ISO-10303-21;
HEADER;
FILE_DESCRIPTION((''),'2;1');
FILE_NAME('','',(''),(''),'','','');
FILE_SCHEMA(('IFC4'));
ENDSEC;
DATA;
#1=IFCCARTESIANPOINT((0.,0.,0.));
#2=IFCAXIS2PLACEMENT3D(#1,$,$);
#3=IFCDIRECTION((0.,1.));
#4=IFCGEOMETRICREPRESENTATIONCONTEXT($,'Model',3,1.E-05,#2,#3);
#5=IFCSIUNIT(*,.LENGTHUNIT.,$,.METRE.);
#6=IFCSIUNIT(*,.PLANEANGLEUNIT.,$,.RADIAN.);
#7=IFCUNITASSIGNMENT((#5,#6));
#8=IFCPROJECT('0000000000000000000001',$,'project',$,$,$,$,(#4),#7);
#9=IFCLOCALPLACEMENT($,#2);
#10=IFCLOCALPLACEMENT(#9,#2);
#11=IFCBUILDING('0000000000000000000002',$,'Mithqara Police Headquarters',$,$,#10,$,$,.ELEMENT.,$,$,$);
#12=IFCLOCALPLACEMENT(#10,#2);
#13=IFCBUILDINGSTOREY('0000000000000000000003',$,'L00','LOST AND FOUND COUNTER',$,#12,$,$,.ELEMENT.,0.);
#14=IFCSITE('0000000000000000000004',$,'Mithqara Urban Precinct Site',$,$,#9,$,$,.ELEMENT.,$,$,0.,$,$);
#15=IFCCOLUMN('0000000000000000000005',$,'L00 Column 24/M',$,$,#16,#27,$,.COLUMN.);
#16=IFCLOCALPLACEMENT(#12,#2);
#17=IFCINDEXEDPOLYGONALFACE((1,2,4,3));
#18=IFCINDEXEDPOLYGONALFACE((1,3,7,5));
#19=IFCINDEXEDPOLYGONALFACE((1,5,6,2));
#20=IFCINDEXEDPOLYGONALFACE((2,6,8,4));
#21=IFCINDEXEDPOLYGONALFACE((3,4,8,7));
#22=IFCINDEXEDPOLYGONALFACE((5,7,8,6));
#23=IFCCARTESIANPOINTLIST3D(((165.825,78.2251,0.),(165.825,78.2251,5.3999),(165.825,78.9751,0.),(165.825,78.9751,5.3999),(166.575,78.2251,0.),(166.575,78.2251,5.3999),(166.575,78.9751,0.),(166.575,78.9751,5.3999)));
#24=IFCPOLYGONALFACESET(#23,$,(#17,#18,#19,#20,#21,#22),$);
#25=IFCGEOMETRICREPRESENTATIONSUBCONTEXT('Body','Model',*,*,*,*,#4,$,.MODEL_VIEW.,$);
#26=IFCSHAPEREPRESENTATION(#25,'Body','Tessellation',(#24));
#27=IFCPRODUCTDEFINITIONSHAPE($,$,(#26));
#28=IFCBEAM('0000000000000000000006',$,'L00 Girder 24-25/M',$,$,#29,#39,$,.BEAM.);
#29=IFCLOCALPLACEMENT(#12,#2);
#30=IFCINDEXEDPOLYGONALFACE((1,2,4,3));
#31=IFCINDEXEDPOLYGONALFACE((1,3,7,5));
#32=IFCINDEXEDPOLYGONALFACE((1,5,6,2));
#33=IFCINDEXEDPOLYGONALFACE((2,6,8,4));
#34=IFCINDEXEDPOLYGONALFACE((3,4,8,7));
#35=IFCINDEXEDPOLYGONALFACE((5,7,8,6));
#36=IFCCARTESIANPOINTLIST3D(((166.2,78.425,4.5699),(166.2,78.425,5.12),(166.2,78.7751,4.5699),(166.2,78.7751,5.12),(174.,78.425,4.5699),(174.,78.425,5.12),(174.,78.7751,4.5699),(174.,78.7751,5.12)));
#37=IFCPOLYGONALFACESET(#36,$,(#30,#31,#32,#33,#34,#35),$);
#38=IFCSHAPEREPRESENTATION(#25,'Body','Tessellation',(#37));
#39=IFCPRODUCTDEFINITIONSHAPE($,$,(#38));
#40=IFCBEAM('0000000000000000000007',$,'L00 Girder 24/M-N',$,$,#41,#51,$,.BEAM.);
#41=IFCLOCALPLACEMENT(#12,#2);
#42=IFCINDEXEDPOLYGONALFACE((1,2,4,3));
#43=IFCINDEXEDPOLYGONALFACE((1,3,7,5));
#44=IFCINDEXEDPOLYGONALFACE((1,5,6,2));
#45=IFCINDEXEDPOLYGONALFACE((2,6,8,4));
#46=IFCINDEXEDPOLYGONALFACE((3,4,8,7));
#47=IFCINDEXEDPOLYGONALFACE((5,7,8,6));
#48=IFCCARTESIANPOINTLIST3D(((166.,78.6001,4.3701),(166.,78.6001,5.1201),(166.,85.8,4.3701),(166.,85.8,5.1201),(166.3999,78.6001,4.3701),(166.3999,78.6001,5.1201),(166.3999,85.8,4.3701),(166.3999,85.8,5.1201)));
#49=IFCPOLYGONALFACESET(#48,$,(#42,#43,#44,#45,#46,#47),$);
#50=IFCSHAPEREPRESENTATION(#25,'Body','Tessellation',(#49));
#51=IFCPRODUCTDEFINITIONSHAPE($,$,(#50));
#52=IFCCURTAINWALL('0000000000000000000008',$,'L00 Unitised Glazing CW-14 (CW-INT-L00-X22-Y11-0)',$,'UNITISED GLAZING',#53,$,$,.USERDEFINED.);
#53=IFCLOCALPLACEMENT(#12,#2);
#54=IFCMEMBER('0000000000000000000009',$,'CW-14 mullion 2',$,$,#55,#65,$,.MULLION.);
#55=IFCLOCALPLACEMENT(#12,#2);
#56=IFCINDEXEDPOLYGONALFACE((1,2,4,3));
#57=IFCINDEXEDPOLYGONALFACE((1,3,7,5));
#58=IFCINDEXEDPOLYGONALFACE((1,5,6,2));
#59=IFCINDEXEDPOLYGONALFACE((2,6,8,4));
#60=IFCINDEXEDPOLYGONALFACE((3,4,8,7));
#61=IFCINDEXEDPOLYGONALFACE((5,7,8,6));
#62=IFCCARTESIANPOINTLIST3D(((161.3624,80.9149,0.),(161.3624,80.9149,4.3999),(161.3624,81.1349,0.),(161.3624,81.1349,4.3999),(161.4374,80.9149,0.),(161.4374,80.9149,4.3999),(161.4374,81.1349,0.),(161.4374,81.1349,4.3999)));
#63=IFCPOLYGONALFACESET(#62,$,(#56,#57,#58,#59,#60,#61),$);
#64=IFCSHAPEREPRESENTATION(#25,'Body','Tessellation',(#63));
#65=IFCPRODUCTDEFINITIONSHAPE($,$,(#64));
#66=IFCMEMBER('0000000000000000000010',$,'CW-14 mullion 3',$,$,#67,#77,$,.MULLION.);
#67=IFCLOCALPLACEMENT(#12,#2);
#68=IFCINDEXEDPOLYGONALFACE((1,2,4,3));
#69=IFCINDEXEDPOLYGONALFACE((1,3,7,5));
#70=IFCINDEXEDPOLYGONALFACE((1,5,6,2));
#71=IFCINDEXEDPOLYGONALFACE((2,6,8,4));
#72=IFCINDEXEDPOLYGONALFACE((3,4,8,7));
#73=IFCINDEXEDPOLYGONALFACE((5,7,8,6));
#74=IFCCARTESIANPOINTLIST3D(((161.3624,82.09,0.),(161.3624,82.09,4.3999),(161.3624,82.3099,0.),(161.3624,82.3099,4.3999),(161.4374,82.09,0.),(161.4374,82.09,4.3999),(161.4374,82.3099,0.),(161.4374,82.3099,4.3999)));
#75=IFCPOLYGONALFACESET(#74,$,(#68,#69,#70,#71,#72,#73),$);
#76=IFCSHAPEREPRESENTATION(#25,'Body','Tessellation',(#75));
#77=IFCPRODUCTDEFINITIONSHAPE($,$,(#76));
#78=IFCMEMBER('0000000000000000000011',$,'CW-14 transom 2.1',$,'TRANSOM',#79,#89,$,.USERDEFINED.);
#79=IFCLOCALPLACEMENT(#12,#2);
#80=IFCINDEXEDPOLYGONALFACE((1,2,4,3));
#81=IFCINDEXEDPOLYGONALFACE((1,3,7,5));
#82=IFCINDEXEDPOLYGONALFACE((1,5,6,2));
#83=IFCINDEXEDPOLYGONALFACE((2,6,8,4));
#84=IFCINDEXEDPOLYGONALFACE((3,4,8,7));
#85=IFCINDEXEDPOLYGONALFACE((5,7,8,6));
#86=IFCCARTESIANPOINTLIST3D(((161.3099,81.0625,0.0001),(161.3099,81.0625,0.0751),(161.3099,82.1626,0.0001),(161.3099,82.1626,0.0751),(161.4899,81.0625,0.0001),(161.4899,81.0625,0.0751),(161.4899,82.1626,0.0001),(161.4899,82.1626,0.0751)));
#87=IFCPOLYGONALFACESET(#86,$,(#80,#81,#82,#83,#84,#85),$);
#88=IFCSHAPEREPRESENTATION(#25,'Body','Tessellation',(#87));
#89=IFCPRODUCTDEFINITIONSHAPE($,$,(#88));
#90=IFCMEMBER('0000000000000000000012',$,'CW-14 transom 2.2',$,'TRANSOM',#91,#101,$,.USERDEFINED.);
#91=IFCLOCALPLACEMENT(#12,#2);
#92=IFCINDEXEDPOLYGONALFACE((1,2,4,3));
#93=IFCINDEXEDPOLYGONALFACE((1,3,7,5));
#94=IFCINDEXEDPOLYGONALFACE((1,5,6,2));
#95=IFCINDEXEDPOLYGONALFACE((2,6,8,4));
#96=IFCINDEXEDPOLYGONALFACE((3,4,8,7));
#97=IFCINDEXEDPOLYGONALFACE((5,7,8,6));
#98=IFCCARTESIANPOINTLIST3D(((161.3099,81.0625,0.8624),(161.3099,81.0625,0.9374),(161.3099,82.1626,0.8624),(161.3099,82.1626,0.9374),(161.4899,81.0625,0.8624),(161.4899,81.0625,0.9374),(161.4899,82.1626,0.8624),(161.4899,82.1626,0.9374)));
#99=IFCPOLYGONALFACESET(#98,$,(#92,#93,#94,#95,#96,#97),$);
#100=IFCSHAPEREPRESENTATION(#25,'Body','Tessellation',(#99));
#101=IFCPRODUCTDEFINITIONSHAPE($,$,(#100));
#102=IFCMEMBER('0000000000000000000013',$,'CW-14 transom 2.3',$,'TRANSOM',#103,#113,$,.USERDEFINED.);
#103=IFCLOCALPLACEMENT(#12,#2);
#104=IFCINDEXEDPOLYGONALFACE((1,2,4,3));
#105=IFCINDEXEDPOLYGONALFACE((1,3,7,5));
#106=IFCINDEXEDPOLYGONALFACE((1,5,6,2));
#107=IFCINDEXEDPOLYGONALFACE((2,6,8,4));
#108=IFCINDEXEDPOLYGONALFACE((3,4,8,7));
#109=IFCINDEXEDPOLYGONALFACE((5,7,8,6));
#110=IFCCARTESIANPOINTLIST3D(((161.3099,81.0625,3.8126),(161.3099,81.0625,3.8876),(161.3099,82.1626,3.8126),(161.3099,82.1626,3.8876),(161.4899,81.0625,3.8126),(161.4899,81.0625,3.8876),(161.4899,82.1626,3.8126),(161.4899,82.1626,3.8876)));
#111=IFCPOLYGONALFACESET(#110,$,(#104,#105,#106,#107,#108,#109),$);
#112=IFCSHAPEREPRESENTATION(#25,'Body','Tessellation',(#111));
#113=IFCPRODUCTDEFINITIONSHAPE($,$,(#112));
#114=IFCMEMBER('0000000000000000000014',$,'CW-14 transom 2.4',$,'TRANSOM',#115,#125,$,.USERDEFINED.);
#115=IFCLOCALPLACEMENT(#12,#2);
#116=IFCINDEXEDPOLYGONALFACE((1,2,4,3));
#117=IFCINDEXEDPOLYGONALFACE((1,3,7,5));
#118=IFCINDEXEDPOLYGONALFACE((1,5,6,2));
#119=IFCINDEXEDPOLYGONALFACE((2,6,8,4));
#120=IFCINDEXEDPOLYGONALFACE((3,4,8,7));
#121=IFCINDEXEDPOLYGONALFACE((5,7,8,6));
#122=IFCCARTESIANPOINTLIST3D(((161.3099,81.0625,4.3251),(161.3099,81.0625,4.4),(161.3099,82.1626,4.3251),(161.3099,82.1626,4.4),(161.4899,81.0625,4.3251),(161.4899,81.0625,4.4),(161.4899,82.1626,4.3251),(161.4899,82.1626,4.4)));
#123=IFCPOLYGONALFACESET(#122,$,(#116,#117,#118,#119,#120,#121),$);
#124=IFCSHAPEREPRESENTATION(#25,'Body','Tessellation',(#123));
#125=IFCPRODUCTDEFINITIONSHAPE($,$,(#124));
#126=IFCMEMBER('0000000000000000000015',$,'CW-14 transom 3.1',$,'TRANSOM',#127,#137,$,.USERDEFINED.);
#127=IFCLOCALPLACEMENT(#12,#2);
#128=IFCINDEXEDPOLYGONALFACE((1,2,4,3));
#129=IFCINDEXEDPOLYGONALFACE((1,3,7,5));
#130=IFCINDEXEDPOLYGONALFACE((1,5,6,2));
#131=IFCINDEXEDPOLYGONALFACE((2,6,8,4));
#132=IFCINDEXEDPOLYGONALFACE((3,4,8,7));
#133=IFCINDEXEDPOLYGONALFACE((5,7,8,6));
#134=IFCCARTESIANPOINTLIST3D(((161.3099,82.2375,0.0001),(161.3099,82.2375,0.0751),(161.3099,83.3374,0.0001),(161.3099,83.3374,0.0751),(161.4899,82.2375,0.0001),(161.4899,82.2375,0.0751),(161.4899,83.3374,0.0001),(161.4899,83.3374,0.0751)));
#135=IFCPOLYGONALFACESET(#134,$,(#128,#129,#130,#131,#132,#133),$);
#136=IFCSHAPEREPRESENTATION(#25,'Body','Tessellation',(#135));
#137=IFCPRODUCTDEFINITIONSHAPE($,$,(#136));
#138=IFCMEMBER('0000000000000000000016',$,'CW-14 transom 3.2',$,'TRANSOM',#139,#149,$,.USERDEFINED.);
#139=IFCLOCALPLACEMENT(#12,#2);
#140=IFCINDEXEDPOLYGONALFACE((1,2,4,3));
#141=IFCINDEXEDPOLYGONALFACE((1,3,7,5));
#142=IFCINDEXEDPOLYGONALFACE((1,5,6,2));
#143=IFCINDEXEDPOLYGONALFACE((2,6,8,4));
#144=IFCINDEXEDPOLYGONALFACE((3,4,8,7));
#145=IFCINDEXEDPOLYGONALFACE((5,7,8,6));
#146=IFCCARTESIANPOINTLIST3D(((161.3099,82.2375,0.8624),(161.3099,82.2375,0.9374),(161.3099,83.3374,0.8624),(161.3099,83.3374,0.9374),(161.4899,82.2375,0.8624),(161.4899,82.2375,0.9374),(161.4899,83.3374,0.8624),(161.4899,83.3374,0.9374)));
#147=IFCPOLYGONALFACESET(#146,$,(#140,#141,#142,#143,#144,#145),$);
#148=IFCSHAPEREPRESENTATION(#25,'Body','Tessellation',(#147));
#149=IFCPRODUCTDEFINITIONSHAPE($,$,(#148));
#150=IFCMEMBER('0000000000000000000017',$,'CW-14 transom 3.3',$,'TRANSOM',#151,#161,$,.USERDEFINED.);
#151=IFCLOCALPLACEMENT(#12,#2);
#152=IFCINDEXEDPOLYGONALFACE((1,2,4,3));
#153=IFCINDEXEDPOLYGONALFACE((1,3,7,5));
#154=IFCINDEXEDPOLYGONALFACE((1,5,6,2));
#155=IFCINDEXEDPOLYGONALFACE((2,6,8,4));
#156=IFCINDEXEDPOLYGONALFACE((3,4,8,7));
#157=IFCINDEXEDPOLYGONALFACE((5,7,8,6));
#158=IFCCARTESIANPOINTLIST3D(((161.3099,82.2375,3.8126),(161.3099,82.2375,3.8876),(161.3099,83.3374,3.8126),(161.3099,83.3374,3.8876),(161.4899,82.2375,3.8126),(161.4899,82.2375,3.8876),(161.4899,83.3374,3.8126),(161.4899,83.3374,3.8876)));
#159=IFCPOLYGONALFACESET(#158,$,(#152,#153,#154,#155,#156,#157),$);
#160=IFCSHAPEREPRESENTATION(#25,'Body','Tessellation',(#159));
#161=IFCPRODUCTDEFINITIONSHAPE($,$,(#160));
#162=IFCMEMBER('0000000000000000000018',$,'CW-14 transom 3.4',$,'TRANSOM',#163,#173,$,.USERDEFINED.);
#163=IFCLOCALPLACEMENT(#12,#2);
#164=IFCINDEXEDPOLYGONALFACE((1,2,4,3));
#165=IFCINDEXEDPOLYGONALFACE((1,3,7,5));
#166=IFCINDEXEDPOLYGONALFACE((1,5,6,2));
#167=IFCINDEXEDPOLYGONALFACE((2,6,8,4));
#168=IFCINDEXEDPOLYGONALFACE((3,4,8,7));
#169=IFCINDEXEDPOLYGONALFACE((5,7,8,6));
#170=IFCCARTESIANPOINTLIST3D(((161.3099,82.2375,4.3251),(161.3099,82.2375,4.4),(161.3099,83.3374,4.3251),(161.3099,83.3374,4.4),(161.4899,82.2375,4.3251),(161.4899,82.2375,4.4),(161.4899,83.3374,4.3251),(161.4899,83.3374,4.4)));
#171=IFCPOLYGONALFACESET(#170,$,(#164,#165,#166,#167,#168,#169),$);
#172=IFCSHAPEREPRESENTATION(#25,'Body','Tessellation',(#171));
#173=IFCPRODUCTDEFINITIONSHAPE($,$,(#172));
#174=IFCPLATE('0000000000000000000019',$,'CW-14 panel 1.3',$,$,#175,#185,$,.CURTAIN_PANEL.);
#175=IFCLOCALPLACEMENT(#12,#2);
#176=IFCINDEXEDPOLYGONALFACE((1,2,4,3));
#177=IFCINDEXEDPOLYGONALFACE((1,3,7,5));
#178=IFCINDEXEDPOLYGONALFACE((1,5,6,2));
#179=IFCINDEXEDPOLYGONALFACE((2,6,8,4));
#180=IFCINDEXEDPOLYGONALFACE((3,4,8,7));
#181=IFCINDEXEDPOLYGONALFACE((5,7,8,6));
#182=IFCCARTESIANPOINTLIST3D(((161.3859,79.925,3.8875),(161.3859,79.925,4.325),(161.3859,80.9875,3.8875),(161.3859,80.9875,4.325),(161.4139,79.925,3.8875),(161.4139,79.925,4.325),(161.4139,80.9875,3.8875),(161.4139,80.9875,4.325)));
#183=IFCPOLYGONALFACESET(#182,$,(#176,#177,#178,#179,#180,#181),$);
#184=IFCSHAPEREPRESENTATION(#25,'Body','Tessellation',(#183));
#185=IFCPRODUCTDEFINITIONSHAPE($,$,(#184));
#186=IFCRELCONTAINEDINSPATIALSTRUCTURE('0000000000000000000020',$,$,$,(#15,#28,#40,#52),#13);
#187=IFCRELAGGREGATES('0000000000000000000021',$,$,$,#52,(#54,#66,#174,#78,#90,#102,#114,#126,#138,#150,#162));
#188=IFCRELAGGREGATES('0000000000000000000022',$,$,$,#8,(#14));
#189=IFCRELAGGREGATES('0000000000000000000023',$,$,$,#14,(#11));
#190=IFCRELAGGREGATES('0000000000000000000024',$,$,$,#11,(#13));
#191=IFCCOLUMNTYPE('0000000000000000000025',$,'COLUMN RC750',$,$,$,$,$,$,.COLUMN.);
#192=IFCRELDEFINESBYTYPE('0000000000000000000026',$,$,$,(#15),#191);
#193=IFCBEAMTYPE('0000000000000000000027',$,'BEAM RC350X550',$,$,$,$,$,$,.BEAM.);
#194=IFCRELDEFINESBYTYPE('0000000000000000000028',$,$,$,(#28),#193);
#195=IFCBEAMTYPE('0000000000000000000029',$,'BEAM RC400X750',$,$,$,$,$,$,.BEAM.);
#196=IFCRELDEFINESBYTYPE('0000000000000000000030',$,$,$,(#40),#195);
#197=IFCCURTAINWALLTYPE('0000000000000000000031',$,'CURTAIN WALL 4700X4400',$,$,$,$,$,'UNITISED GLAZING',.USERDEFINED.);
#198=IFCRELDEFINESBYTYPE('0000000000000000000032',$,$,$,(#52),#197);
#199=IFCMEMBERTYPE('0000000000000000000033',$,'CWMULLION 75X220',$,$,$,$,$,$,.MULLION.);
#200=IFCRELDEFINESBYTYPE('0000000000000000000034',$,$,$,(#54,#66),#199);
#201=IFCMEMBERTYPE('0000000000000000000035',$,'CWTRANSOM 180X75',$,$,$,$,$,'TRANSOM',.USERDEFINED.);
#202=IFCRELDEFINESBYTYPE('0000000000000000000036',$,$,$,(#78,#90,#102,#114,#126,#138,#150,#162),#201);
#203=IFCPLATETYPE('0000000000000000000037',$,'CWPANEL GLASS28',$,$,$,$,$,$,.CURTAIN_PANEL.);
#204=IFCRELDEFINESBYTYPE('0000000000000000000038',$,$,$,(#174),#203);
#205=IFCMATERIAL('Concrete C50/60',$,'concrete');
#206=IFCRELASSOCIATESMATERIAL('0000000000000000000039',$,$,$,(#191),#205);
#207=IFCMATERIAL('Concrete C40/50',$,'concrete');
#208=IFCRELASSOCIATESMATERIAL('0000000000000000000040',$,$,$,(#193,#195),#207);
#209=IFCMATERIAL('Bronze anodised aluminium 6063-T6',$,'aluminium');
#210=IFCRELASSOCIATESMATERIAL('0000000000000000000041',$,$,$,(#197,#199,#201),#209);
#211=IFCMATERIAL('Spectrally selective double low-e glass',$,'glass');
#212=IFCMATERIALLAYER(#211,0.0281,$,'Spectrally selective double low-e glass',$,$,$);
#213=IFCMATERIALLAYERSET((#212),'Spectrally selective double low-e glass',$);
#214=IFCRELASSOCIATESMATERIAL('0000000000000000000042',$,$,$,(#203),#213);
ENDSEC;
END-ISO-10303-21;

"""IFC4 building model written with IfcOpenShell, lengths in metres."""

from ifc_helpers import new_model, si_unit, direction, frame, origin, origin_2d, place, context, subcontext, project, spatial, rectangle, extrude, material, layer, layer_set, material_profile, profile_set, type_object, element, aggregate, save


model = new_model("IFC4")

# Units and contexts
model_context = context("Model", 3, precision=1e-05, world=origin(), true_north=direction((0.0, 1.0)))
body_context = subcontext(model_context, "Body", "Model", "MODEL_VIEW")
ifc_project = project(units=[si_unit("LENGTHUNIT", "METRE"), si_unit("PLANEANGLEUNIT", "RADIAN")], contexts=[model_context])

# Site, building, storey
site_placement = place(None, origin())
site = spatial("IfcSite", under=ifc_project, at=site_placement, Name="Mithqara Urban Precinct Site", CompositionType="ELEMENT", RefElevation=0.0)
building_placement = place(site_placement, origin())
building = spatial("IfcBuilding", under=site, at=building_placement, Name="Mithqara Police Headquarters", CompositionType="ELEMENT")
storey_placement = place(building_placement, origin())
storey = spatial("IfcBuildingStorey", under=building, at=storey_placement, Name="L00", Description="LOST AND FOUND COUNTER", CompositionType="ELEMENT", Elevation=0.0)

# Column
ifc_material_1 = material(Name="Concrete C50/60", Category="concrete")
ifc_material_profile_1 = material_profile(ifc_material_1, rectangle(XDim=0.75, YDim=0.75, at=origin_2d()), Name="RC 750x750")
ifc_profile_set_1 = profile_set([ifc_material_profile_1], Name="Concrete C50/60")
column_type = type_object("IfcColumnType", Name="COLUMN RC750", PredefinedType="COLUMN", material=ifc_profile_set_1)
column_placement = place(storey_placement, frame((166.2, 78.6001, 0.0), z_axis=(0.0, 0.0, 1.0), x_axis=(1.0, 0.0, 0.0)))
element("IfcColumn", 1, at=column_placement, inside=storey, type_object=column_type, Name="L00 Column 24/M", PredefinedType="COLUMN", context=body_context, shape_type="SweptSolid", body=[
    extrude(rectangle(XDim=0.75, YDim=0.75, at=origin_2d()), origin(), (0.0, 0.0, 1.0), 5.3999),
])

# Beams
ifc_material_2 = material(Name="Concrete C40/50", Category="concrete")
ifc_material_profile_2 = material_profile(ifc_material_2, rectangle(XDim=0.3501, YDim=0.55, at=origin_2d()), Name="RC 350x550")
ifc_profile_set_2 = profile_set([ifc_material_profile_2], Name="Concrete C40/50")
beam_type_1 = type_object("IfcBeamType", Name="BEAM RC350X550", PredefinedType="BEAM", material=ifc_profile_set_2)
beam_1_placement = place(storey_placement, frame((166.2, 78.6001, 4.845), z_axis=(1.0, 0.0, 0.0), x_axis=(0.0, 1.0, 0.0)))
element("IfcBeam", 2, at=beam_1_placement, inside=storey, type_object=beam_type_1, Name="L00 Girder 24-25/M", PredefinedType="BEAM", context=body_context, shape_type="SweptSolid", body=[
    extrude(rectangle(XDim=0.3501, YDim=0.55, at=origin_2d()), origin(), (0.0, 0.0, 1.0), 7.8),
])
ifc_material_profile_3 = material_profile(ifc_material_2, rectangle(XDim=0.3999, YDim=0.75, at=origin_2d()), Name="RC 400x750")
ifc_profile_set_3 = profile_set([ifc_material_profile_3], Name="Concrete C40/50")
beam_type_2 = type_object("IfcBeamType", Name="BEAM RC400X750", PredefinedType="BEAM", material=ifc_profile_set_3)
beam_2_placement = place(storey_placement, frame((166.2, 78.6001, 4.7451), z_axis=(0.0, 1.0, 0.0), x_axis=(-1.0, 0.0, 0.0)))
element("IfcBeam", 3, at=beam_2_placement, inside=storey, type_object=beam_type_2, Name="L00 Girder 24/M-N", PredefinedType="BEAM", context=body_context, shape_type="SweptSolid", body=[
    extrude(rectangle(XDim=0.3999, YDim=0.75, at=origin_2d()), origin(), (0.0, 0.0, 1.0), 7.2),
])

# Curtain wall, members, plate
ifc_material_3 = material(Name="Bronze anodised aluminium 6063-T6", Category="aluminium")
curtain_wall_type = type_object("IfcCurtainWallType", Name="CURTAIN WALL 4700X4400", ElementType="UNITISED GLAZING", PredefinedType="USERDEFINED", material=ifc_material_3)
curtain_wall_placement = place(storey_placement, origin())
curtain_wall = element("IfcCurtainWall", 4, at=curtain_wall_placement, inside=storey, type_object=curtain_wall_type, Name="L00 Unitised Glazing CW-14 (CW-INT-L00-X22-Y11-0)", ObjectType="UNITISED GLAZING", PredefinedType="USERDEFINED")
ifc_material_profile_4 = material_profile(ifc_material_3, rectangle(XDim=0.075, YDim=0.22, at=origin_2d()), Name="CWM 75x220")
ifc_profile_set_4 = profile_set([ifc_material_profile_4], Name="Bronze anodised aluminium 6063-T6")
member_type_1 = type_object("IfcMemberType", Name="CWMULLION 75X220", PredefinedType="MULLION", material=ifc_profile_set_4)
member_1_placement = place(storey_placement, frame((161.3999, 81.0249, 0.0), z_axis=(0.0, 0.0, 1.0), x_axis=(-1.0, 0.0, 0.0)))
member_1 = element("IfcMember", 5, at=member_1_placement, type_object=member_type_1, Name="CW-14 mullion 2", PredefinedType="MULLION", context=body_context, shape_type="SweptSolid", body=[
    extrude(rectangle(XDim=0.075, YDim=0.22, at=origin_2d()), origin(), (0.0, 0.0, 1.0), 4.3999),
])
member_2_placement = place(storey_placement, frame((161.3999, 82.2, 0.0), z_axis=(0.0, 0.0, 1.0), x_axis=(-1.0, 0.0, 0.0)))
member_2 = element("IfcMember", 6, at=member_2_placement, type_object=member_type_1, Name="CW-14 mullion 3", PredefinedType="MULLION", context=body_context, shape_type="SweptSolid", body=[
    extrude(rectangle(XDim=0.075, YDim=0.22, at=origin_2d()), origin(), (0.0, 0.0, 1.0), 4.3999),
])
ifc_material_profile_5 = material_profile(ifc_material_3, rectangle(XDim=0.1799, YDim=0.075, at=origin_2d()), Name="CWT 180x75")
ifc_profile_set_5 = profile_set([ifc_material_profile_5], Name="Bronze anodised aluminium 6063-T6")
member_type_2 = type_object("IfcMemberType", Name="CWTRANSOM 180X75", ElementType="TRANSOM", PredefinedType="USERDEFINED", material=ifc_profile_set_5)
member_3_placement = place(storey_placement, frame((161.3999, 81.0625, 0.0376), z_axis=(0.0, 1.0, 0.0), x_axis=(-1.0, 0.0, 0.0)))
member_3 = element("IfcMember", 7, at=member_3_placement, type_object=member_type_2, Name="CW-14 transom 2.1", ObjectType="TRANSOM", PredefinedType="USERDEFINED", context=body_context, shape_type="SweptSolid", body=[
    extrude(rectangle(XDim=0.1799, YDim=0.075, at=origin_2d()), origin(), (0.0, 0.0, 1.0), 1.1001),
])
member_4_placement = place(storey_placement, frame((161.3999, 81.0625, 0.8999), z_axis=(0.0, 1.0, 0.0), x_axis=(-1.0, 0.0, 0.0)))
member_4 = element("IfcMember", 8, at=member_4_placement, type_object=member_type_2, Name="CW-14 transom 2.2", ObjectType="TRANSOM", PredefinedType="USERDEFINED", context=body_context, shape_type="SweptSolid", body=[
    extrude(rectangle(XDim=0.1799, YDim=0.075, at=origin_2d()), origin(), (0.0, 0.0, 1.0), 1.1001),
])
member_5_placement = place(storey_placement, frame((161.3999, 81.0625, 3.8501), z_axis=(0.0, 1.0, 0.0), x_axis=(-1.0, 0.0, 0.0)))
member_5 = element("IfcMember", 9, at=member_5_placement, type_object=member_type_2, Name="CW-14 transom 2.3", ObjectType="TRANSOM", PredefinedType="USERDEFINED", context=body_context, shape_type="SweptSolid", body=[
    extrude(rectangle(XDim=0.1799, YDim=0.075, at=origin_2d()), origin(), (0.0, 0.0, 1.0), 1.1001),
])
member_6_placement = place(storey_placement, frame((161.3999, 81.0625, 4.3625), z_axis=(0.0, 1.0, 0.0), x_axis=(-1.0, 0.0, 0.0)))
member_6 = element("IfcMember", 10, at=member_6_placement, type_object=member_type_2, Name="CW-14 transom 2.4", ObjectType="TRANSOM", PredefinedType="USERDEFINED", context=body_context, shape_type="SweptSolid", body=[
    extrude(rectangle(XDim=0.1799, YDim=0.075, at=origin_2d()), origin(), (0.0, 0.0, 1.0), 1.1001),
])
member_7_placement = place(storey_placement, frame((161.3999, 82.2375, 0.0376), z_axis=(0.0, 1.0, 0.0), x_axis=(-1.0, 0.0, 0.0)))
member_7 = element("IfcMember", 11, at=member_7_placement, type_object=member_type_2, Name="CW-14 transom 3.1", ObjectType="TRANSOM", PredefinedType="USERDEFINED", context=body_context, shape_type="SweptSolid", body=[
    extrude(rectangle(XDim=0.1799, YDim=0.075, at=origin_2d()), origin(), (0.0, 0.0, 1.0), 1.0999),
])
member_8_placement = place(storey_placement, frame((161.3999, 82.2375, 0.8999), z_axis=(0.0, 1.0, 0.0), x_axis=(-1.0, 0.0, 0.0)))
member_8 = element("IfcMember", 12, at=member_8_placement, type_object=member_type_2, Name="CW-14 transom 3.2", ObjectType="TRANSOM", PredefinedType="USERDEFINED", context=body_context, shape_type="SweptSolid", body=[
    extrude(rectangle(XDim=0.1799, YDim=0.075, at=origin_2d()), origin(), (0.0, 0.0, 1.0), 1.0999),
])
member_9_placement = place(storey_placement, frame((161.3999, 82.2375, 3.8501), z_axis=(0.0, 1.0, 0.0), x_axis=(-1.0, 0.0, 0.0)))
member_9 = element("IfcMember", 13, at=member_9_placement, type_object=member_type_2, Name="CW-14 transom 3.3", ObjectType="TRANSOM", PredefinedType="USERDEFINED", context=body_context, shape_type="SweptSolid", body=[
    extrude(rectangle(XDim=0.1799, YDim=0.075, at=origin_2d()), origin(), (0.0, 0.0, 1.0), 1.0999),
])
member_10_placement = place(storey_placement, frame((161.3999, 82.2375, 4.3625), z_axis=(0.0, 1.0, 0.0), x_axis=(-1.0, 0.0, 0.0)))
member_10 = element("IfcMember", 14, at=member_10_placement, type_object=member_type_2, Name="CW-14 transom 3.4", ObjectType="TRANSOM", PredefinedType="USERDEFINED", context=body_context, shape_type="SweptSolid", body=[
    extrude(rectangle(XDim=0.1799, YDim=0.075, at=origin_2d()), origin(), (0.0, 0.0, 1.0), 1.0999),
])
ifc_material_4 = material(Name="Spectrally selective double low-e glass", Category="glass")
ifc_layer_1 = layer(ifc_material_4, 0.0281, Name="Spectrally selective double low-e glass")
ifc_layer_set_1 = layer_set([ifc_layer_1], Name="Spectrally selective double low-e glass")
plate_type = type_object("IfcPlateType", Name="CWPANEL GLASS28", PredefinedType="CURTAIN_PANEL", material=ifc_layer_set_1)
plate_1_placement = place(storey_placement, frame((161.3999, 80.4563, 3.8875), z_axis=(0.0, 0.0, 1.0), x_axis=(0.0, 1.0, 0.0)))
plate_1 = element("IfcPlate", 15, at=plate_1_placement, type_object=plate_type, Name="CW-14 panel 1.3", PredefinedType="CURTAIN_PANEL", context=body_context, shape_type="SweptSolid", body=[
    extrude(rectangle(XDim=1.0625, YDim=0.0281, at=origin_2d()), origin(), (0.0, 0.0, 1.0), 0.4375),
])
aggregate(curtain_wall, [member_1, member_2, plate_1, member_3, member_4, member_5, member_6, member_7, member_8, member_9, member_10])

save(model, "model.ifc")
